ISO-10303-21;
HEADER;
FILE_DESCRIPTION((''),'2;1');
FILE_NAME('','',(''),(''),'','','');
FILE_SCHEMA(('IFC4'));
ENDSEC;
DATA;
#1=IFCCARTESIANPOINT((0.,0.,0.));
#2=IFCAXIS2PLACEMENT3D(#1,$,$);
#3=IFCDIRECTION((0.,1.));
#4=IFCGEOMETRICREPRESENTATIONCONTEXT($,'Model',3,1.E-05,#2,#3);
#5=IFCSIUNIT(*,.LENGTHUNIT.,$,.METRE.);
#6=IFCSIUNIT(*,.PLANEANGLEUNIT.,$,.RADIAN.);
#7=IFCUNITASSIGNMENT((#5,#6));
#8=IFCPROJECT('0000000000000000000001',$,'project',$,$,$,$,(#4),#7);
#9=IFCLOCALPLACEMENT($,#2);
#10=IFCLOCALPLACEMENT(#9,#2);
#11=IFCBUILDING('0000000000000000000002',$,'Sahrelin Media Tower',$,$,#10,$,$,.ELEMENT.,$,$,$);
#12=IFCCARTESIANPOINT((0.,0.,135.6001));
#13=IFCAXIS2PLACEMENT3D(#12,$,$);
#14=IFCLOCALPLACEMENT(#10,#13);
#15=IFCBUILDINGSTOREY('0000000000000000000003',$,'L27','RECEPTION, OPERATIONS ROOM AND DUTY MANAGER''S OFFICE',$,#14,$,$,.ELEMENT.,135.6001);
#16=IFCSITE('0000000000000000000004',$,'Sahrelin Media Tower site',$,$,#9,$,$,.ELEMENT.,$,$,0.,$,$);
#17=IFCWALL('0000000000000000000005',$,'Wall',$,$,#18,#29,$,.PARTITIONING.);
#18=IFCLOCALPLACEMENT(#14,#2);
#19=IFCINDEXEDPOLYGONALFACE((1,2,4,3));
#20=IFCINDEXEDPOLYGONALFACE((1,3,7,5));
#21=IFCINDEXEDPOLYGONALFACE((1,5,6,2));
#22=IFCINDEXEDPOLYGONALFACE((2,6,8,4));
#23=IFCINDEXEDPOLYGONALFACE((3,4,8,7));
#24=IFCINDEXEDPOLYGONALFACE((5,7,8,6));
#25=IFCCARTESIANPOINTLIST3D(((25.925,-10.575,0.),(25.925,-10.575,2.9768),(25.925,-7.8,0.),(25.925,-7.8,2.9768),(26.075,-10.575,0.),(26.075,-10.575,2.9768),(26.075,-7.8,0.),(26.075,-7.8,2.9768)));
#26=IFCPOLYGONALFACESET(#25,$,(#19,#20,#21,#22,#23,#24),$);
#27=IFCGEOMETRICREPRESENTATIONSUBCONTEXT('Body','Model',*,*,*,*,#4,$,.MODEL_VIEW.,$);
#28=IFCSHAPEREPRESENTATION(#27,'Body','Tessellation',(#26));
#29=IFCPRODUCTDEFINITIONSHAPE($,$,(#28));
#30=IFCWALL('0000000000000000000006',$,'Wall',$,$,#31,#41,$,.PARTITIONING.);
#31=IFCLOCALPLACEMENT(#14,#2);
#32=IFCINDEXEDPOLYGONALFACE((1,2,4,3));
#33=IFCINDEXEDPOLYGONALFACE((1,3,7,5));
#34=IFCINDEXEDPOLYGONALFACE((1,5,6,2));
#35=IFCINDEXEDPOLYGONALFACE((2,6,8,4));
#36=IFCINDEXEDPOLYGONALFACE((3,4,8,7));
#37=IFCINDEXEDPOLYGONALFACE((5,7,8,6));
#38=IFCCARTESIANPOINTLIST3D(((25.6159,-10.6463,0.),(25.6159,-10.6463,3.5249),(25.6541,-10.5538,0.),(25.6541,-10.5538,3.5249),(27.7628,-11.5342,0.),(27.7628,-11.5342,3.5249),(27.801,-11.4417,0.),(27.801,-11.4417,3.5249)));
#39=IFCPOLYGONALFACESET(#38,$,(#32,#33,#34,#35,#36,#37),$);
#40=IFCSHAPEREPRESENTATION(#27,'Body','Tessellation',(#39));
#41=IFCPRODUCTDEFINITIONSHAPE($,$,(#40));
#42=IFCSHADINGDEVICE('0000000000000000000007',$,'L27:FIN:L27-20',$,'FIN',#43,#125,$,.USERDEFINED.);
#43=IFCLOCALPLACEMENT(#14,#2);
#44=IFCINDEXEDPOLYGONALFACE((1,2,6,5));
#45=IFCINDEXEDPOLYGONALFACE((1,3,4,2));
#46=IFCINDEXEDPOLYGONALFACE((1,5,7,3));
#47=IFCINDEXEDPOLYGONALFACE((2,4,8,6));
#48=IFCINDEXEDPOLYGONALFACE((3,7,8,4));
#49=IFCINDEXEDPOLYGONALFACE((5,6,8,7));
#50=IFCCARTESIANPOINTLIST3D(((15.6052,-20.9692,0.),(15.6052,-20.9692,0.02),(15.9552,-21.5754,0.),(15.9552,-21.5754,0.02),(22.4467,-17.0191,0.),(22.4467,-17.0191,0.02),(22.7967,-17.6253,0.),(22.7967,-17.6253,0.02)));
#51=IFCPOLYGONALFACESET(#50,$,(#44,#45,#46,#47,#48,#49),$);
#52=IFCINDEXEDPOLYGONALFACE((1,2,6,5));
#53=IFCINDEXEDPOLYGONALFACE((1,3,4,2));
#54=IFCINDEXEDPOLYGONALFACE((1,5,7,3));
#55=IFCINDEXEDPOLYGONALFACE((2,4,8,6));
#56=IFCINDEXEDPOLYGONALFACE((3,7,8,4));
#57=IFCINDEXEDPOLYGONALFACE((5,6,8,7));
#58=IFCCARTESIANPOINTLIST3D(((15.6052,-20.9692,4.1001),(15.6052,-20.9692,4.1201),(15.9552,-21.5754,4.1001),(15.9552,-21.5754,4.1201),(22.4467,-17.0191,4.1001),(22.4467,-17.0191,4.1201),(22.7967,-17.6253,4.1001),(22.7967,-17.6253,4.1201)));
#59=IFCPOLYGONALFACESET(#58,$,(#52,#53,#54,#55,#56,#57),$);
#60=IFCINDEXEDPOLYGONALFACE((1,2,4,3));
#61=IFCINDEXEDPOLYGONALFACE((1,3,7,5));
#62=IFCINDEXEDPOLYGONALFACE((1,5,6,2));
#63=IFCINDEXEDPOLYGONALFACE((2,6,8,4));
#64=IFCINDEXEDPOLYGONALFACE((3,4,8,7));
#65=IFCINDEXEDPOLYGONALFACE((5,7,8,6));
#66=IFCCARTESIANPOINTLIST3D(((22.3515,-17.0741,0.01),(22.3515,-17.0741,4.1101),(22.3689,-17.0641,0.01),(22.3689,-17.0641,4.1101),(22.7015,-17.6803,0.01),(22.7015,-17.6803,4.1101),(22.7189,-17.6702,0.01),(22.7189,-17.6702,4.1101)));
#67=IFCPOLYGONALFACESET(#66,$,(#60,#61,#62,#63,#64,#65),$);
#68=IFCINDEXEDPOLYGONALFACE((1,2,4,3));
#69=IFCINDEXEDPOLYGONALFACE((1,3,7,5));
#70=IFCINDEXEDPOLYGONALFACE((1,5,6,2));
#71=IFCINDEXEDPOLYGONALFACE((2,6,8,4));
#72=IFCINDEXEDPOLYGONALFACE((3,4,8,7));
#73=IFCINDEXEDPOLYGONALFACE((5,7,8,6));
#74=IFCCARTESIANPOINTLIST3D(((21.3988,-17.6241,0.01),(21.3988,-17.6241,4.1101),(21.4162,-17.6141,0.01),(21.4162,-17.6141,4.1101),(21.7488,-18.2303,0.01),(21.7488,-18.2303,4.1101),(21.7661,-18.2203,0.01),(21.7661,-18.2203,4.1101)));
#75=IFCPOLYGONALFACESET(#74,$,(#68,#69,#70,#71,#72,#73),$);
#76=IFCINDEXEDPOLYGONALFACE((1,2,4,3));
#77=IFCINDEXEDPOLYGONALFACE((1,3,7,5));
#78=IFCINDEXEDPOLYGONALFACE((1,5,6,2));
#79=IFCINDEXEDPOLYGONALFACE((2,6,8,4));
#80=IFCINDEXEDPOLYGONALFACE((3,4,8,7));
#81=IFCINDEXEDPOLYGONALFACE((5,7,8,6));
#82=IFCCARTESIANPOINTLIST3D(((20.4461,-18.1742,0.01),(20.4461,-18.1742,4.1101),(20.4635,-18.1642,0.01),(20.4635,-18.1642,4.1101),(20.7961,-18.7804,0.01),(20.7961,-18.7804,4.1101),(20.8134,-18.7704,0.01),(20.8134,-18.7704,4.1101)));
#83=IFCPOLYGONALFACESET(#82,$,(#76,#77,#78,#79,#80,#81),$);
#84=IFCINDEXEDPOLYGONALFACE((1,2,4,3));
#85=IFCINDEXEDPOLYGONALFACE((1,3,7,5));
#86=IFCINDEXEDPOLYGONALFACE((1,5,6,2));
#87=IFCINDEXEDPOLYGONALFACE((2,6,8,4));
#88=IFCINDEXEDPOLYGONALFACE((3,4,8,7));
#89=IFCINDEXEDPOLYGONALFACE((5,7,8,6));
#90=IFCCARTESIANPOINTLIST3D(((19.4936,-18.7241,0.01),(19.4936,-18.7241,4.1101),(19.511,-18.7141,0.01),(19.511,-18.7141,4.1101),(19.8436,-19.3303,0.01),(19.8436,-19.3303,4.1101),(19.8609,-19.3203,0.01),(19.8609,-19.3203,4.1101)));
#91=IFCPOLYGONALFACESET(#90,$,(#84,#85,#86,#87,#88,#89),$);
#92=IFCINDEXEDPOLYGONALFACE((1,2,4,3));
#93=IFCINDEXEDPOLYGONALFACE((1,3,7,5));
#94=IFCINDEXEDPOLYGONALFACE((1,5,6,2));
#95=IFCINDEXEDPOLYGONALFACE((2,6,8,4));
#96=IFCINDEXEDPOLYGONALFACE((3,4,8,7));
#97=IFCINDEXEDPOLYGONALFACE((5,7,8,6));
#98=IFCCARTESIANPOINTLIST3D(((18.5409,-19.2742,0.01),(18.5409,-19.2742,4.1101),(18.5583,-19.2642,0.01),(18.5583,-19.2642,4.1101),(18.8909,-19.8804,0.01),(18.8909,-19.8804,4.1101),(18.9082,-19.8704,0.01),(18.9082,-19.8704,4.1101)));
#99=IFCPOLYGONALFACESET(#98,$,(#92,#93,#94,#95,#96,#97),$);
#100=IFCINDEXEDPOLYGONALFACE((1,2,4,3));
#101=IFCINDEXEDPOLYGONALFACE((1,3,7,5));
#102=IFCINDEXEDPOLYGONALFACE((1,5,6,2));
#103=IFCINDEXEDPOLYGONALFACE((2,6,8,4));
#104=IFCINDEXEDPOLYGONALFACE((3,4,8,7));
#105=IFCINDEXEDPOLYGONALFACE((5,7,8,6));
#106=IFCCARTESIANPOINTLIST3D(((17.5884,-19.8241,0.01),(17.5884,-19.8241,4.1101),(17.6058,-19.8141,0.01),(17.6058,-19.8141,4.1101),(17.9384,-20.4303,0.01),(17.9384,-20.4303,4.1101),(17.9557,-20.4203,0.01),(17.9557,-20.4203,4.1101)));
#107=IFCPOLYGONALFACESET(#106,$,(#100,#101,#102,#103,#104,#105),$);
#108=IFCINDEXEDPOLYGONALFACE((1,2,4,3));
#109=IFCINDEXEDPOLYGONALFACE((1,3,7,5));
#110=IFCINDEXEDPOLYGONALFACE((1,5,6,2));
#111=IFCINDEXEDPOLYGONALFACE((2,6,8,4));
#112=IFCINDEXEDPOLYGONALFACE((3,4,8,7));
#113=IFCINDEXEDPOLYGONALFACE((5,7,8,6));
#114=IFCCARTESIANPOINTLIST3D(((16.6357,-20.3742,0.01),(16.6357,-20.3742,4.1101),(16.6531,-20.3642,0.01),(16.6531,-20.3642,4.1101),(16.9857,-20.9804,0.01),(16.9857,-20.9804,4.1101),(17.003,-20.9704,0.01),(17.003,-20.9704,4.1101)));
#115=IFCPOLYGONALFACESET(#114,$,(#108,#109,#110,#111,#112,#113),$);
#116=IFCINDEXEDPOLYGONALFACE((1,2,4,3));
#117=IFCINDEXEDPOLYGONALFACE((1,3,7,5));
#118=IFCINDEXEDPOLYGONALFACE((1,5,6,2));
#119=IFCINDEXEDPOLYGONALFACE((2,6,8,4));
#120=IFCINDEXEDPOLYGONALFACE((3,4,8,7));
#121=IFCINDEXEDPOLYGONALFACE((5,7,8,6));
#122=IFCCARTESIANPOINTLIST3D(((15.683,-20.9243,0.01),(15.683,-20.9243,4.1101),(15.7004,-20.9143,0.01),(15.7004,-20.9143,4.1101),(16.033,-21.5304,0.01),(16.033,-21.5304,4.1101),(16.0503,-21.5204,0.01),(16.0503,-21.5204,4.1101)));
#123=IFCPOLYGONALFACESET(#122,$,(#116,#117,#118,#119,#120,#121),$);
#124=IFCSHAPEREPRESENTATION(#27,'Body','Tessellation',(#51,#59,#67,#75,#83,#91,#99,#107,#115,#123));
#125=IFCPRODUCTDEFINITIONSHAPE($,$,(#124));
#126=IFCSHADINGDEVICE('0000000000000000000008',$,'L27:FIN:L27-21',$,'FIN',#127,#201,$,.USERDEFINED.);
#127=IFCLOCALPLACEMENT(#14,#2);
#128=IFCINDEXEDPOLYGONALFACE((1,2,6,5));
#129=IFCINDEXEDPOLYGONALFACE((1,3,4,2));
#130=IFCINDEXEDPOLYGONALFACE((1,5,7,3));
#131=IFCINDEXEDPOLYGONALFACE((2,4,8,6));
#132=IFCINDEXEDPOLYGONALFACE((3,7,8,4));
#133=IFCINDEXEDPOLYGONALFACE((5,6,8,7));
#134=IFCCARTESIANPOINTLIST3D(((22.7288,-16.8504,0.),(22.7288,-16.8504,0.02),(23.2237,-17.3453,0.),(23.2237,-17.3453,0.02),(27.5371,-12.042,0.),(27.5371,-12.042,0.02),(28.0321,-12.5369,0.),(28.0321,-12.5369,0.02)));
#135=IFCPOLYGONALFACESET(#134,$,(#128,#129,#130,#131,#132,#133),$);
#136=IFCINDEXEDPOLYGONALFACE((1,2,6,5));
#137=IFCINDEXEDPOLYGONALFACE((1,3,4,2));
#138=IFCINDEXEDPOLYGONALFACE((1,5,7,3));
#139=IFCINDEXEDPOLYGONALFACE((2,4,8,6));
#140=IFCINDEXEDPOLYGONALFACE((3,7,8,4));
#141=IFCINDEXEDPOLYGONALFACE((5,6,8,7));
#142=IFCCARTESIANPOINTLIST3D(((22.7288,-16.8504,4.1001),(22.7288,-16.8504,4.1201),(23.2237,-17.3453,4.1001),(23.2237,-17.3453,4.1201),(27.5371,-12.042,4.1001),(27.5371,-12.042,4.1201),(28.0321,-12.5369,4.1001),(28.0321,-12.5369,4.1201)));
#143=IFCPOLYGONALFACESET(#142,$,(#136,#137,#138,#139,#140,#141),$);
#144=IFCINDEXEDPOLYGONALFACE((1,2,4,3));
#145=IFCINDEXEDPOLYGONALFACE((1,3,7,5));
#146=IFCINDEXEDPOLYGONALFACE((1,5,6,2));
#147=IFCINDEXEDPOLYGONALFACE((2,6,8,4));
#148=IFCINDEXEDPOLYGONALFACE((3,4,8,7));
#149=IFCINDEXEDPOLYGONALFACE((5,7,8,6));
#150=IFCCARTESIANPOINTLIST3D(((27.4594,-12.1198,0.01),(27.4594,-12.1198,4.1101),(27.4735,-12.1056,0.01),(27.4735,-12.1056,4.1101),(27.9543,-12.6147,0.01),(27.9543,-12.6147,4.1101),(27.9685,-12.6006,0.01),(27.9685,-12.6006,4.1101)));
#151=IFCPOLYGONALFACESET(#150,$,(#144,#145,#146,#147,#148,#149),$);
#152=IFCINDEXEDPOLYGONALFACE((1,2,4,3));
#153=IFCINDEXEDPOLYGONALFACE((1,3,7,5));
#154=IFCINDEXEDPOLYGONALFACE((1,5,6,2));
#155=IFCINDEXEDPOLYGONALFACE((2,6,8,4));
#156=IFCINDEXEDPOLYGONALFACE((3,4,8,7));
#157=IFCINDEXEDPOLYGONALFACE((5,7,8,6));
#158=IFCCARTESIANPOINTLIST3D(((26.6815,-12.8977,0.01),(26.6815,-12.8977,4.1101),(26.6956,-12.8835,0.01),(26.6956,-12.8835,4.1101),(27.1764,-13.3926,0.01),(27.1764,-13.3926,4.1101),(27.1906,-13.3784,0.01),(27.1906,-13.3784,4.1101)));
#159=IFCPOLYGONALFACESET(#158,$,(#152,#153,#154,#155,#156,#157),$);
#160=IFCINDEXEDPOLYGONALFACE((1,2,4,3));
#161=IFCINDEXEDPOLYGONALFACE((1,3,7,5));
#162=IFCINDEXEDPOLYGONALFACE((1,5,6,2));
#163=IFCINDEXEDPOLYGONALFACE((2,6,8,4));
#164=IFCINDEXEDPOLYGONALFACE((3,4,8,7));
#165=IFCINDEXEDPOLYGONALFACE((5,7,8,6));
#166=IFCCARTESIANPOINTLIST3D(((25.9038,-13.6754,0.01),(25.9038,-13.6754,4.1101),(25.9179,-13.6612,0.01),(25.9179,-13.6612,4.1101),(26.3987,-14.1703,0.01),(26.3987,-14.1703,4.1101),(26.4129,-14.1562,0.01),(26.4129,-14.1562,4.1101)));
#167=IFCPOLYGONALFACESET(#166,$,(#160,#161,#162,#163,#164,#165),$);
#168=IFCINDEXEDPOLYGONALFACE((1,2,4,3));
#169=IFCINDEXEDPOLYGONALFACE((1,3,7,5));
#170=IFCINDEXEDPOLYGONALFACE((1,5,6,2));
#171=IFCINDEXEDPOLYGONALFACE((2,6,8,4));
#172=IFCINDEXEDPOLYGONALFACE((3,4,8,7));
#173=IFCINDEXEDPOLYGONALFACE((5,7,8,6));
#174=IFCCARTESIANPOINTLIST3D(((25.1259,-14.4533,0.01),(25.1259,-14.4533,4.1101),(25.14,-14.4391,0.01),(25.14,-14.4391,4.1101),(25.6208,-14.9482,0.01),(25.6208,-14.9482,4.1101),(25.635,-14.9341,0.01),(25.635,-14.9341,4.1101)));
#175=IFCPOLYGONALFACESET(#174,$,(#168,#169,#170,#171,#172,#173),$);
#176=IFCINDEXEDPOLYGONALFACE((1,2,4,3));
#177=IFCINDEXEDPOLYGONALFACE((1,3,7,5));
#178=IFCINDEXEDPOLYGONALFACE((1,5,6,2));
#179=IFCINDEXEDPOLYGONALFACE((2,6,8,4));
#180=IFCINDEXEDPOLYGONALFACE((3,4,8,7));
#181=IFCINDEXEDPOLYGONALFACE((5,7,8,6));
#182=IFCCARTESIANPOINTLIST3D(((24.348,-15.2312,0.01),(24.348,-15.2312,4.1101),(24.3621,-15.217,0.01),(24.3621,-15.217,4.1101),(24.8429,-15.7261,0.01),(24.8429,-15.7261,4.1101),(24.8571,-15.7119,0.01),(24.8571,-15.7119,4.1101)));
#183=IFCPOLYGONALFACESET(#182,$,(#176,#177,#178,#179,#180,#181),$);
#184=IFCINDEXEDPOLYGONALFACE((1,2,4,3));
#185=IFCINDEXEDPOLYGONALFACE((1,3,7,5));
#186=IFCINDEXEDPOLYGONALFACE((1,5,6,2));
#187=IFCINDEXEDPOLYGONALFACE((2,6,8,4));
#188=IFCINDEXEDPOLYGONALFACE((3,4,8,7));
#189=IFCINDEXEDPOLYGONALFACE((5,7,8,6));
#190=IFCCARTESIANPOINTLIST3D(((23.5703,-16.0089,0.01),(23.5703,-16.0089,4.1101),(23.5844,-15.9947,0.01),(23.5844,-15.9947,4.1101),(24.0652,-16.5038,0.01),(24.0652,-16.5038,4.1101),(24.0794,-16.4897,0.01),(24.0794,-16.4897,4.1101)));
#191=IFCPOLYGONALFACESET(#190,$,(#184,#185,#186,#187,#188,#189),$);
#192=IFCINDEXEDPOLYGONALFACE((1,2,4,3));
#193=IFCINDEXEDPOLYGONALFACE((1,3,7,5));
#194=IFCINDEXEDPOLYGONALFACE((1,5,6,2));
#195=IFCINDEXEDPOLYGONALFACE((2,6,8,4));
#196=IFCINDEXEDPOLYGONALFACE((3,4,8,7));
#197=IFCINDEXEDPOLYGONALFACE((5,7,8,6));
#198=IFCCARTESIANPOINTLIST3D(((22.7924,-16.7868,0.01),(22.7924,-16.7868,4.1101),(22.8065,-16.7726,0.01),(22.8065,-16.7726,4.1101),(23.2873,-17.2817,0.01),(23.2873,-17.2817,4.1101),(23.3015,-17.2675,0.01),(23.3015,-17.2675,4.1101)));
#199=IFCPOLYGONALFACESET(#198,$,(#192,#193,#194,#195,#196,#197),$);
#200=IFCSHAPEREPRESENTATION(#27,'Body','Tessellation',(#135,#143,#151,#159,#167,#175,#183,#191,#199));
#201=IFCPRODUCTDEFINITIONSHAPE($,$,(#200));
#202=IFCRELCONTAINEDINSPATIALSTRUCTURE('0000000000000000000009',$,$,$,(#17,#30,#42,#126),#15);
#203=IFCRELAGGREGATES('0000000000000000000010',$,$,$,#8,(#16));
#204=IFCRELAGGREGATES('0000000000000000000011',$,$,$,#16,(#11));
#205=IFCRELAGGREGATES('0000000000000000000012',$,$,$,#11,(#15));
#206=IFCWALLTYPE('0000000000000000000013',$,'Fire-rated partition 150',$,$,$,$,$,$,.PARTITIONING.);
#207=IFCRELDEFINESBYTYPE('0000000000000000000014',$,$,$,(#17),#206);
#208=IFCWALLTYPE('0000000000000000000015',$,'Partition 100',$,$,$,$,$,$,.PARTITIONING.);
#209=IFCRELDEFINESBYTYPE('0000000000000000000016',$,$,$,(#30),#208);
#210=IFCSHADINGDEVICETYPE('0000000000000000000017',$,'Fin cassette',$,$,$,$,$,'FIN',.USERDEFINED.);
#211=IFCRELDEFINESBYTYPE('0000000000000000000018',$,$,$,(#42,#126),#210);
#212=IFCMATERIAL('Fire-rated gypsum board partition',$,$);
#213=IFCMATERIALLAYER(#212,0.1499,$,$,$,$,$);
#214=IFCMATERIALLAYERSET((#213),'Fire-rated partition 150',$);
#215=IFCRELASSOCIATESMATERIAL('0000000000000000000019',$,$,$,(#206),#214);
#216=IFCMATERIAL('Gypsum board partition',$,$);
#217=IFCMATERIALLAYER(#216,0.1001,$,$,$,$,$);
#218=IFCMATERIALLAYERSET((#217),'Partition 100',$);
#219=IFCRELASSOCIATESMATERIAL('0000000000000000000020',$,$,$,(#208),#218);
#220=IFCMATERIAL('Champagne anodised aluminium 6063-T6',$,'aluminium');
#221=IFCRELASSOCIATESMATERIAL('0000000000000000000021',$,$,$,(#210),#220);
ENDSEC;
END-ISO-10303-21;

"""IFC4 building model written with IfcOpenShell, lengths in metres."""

from ifc_helpers import new_model, si_unit, direction, frame, frame_2d, origin, origin_2d, place, context, subcontext, project, spatial, rectangle, extrude, material, layer, layer_set, type_object, element, save


model = new_model("IFC4")

# Units and contexts
model_context = context("Model", 3, precision=1e-05, world=origin(), true_north=direction((0.0, 1.0)))
body_context = subcontext(model_context, "Body", "Model", "MODEL_VIEW")
ifc_project = project(units=[si_unit("LENGTHUNIT", "METRE"), si_unit("PLANEANGLEUNIT", "RADIAN")], contexts=[model_context])

# Site, building, storey
site_placement = place(None, origin())
site = spatial("IfcSite", under=ifc_project, at=site_placement, Name="Sahrelin Media Tower site", CompositionType="ELEMENT", RefElevation=0.0)
building_placement = place(site_placement, origin())
building = spatial("IfcBuilding", under=site, at=building_placement, Name="Sahrelin Media Tower", CompositionType="ELEMENT")
storey_placement = place(building_placement, frame((0.0, 0.0, 135.6001)))
storey = spatial("IfcBuildingStorey", under=building, at=storey_placement, Name="L27", Description="RECEPTION, OPERATIONS ROOM AND DUTY MANAGER'S OFFICE", CompositionType="ELEMENT", Elevation=135.6001)

# Shared definitions
ifc_material_1 = material(Name="Champagne anodised aluminium 6063-T6", Category="aluminium")

# Walls
ifc_material_2 = material(Name="Fire-rated gypsum board partition")
ifc_layer_1 = layer(ifc_material_2, 0.1499)
ifc_layer_set_1 = layer_set([ifc_layer_1], Name="Fire-rated partition 150")
wall_type_1 = type_object("IfcWallType", Name="Fire-rated partition 150", PredefinedType="PARTITIONING", material=ifc_layer_set_1)
wall_1_placement = place(storey_placement, frame((26.0, -10.575, 0.0), z_axis=(0.0, 0.0, 1.0), x_axis=(0.0, 1.0, 0.0)))
element("IfcWall", 1, at=wall_1_placement, inside=storey, type_object=wall_type_1, Name="Wall", PredefinedType="PARTITIONING", context=body_context, shape_type="SweptSolid", body=[
    extrude(rectangle(XDim=2.7749, YDim=0.1499, at=frame_2d((1.3875, 0.0))), origin(), (0.0, 0.0, 1.0), 2.9768),
])
ifc_material_3 = material(Name="Gypsum board partition")
ifc_layer_2 = layer(ifc_material_3, 0.1001)
ifc_layer_set_2 = layer_set([ifc_layer_2], Name="Partition 100")
wall_type_2 = type_object("IfcWallType", Name="Partition 100", PredefinedType="PARTITIONING", material=ifc_layer_set_2)
wall_2_placement = place(storey_placement, frame((25.635, -10.6001, 0.0), z_axis=(0.0, 0.0, 1.0), x_axis=(0.924087, -0.382182, 0.0)))
element("IfcWall", 2, at=wall_2_placement, inside=storey, type_object=wall_type_2, Name="Wall", PredefinedType="PARTITIONING", context=body_context, shape_type="SweptSolid", body=[
    extrude(rectangle(XDim=2.3232, YDim=0.1001, at=frame_2d((1.1616, 0.0))), origin(), (0.0, 0.0, 1.0), 3.5249),
])

# Shading devices
shading_device_type_1 = type_object("IfcShadingDeviceType", Name="Fin cassette", ElementType="FIN", PredefinedType="USERDEFINED", material=ifc_material_1)
placement_1 = place(storey_placement, frame((18.991, -18.9336, 0.0), z_axis=(0.0, 0.0, 1.0), x_axis=(-0.866019, -0.500011, 0.0)))
element("IfcShadingDevice", 3, at=placement_1, inside=storey, type_object=shading_device_type_1, Name="L27:FIN:L27-20", ObjectType="FIN", PredefinedType="USERDEFINED", context=body_context, shape_type="SweptSolid", body=[
    extrude(rectangle(XDim=7.8999, YDim=0.7, at=origin_2d()), frame((0.0, 0.4199, 0.0)), (0.0, 0.0, 1.0), 0.02),
    extrude(rectangle(XDim=7.8999, YDim=0.7, at=origin_2d()), frame((0.0, 0.4199, 4.1001)), (0.0, 0.0, 1.0), 0.02),
    extrude(rectangle(XDim=0.02, YDim=0.7, at=origin_2d()), frame((-3.8501, 0.4199, 0.01), z_axis=(0.0, 0.0, 1.0), x_axis=(1.0, 0.0, 0.0)), (0.0, 0.0, 1.0), 4.1001),
    extrude(rectangle(XDim=0.02, YDim=0.7, at=origin_2d()), frame((-2.75, 0.4199, 0.01), z_axis=(0.0, 0.0, 1.0), x_axis=(1.0, 0.0, 0.0)), (0.0, 0.0, 1.0), 4.1001),
    extrude(rectangle(XDim=0.02, YDim=0.7, at=origin_2d()), frame((-1.6499, 0.4199, 0.01), z_axis=(0.0, 0.0, 1.0), x_axis=(1.0, 0.0, 0.0)), (0.0, 0.0, 1.0), 4.1001),
    extrude(rectangle(XDim=0.02, YDim=0.7, at=origin_2d()), frame((-0.55, 0.4199, 0.01), z_axis=(0.0, 0.0, 1.0), x_axis=(1.0, 0.0, 0.0)), (0.0, 0.0, 1.0), 4.1001),
    extrude(rectangle(XDim=0.02, YDim=0.7, at=origin_2d()), frame((0.55, 0.4199, 0.01), z_axis=(0.0, 0.0, 1.0), x_axis=(1.0, 0.0, 0.0)), (0.0, 0.0, 1.0), 4.1001),
    extrude(rectangle(XDim=0.02, YDim=0.7, at=origin_2d()), frame((1.6499, 0.4199, 0.01), z_axis=(0.0, 0.0, 1.0), x_axis=(1.0, 0.0, 0.0)), (0.0, 0.0, 1.0), 4.1001),
    extrude(rectangle(XDim=0.02, YDim=0.7, at=origin_2d()), frame((2.75, 0.4199, 0.01), z_axis=(0.0, 0.0, 1.0), x_axis=(1.0, 0.0, 0.0)), (0.0, 0.0, 1.0), 4.1001),
    extrude(rectangle(XDim=0.02, YDim=0.7, at=origin_2d()), frame((3.8501, 0.4199, 0.01), z_axis=(0.0, 0.0, 1.0), x_axis=(1.0, 0.0, 0.0)), (0.0, 0.0, 1.0), 4.1001),
])
placement_2 = place(storey_placement, frame((25.0835, -14.3967, 0.0), z_axis=(0.0, 0.0, 1.0), x_axis=(-0.707107, -0.707107, 0.0)))
element("IfcShadingDevice", 4, at=placement_2, inside=storey, type_object=shading_device_type_1, Name="L27:FIN:L27-21", ObjectType="FIN", PredefinedType="USERDEFINED", context=body_context, shape_type="SweptSolid", body=[
    extrude(rectangle(XDim=6.8, YDim=0.7, at=origin_2d()), frame((0.0, 0.4199, 0.0)), (0.0, 0.0, 1.0), 0.02),
    extrude(rectangle(XDim=6.8, YDim=0.7, at=origin_2d()), frame((0.0, 0.4199, 4.1001)), (0.0, 0.0, 1.0), 0.02),
    extrude(rectangle(XDim=0.02, YDim=0.7, at=origin_2d()), frame((-3.3, 0.4199, 0.01), z_axis=(0.0, 0.0, 1.0), x_axis=(1.0, 0.0, 0.0)), (0.0, 0.0, 1.0), 4.1001),
    extrude(rectangle(XDim=0.02, YDim=0.7, at=origin_2d()), frame((-2.2, 0.4199, 0.01), z_axis=(0.0, 0.0, 1.0), x_axis=(1.0, 0.0, 0.0)), (0.0, 0.0, 1.0), 4.1001),
    extrude(rectangle(XDim=0.02, YDim=0.7, at=origin_2d()), frame((-1.1001, 0.4199, 0.01), z_axis=(0.0, 0.0, 1.0), x_axis=(1.0, 0.0, 0.0)), (0.0, 0.0, 1.0), 4.1001),
    extrude(rectangle(XDim=0.02, YDim=0.7, at=origin_2d()), frame((0.0, 0.4199, 0.01), z_axis=(0.0, 0.0, 1.0), x_axis=(1.0, 0.0, 0.0)), (0.0, 0.0, 1.0), 4.1001),
    extrude(rectangle(XDim=0.02, YDim=0.7, at=origin_2d()), frame((1.1001, 0.4199, 0.01), z_axis=(0.0, 0.0, 1.0), x_axis=(1.0, 0.0, 0.0)), (0.0, 0.0, 1.0), 4.1001),
    extrude(rectangle(XDim=0.02, YDim=0.7, at=origin_2d()), frame((2.2, 0.4199, 0.01), z_axis=(0.0, 0.0, 1.0), x_axis=(1.0, 0.0, 0.0)), (0.0, 0.0, 1.0), 4.1001),
    extrude(rectangle(XDim=0.02, YDim=0.7, at=origin_2d()), frame((3.3, 0.4199, 0.01), z_axis=(0.0, 0.0, 1.0), x_axis=(1.0, 0.0, 0.0)), (0.0, 0.0, 1.0), 4.1001),
])

save(model, "model.ifc")
